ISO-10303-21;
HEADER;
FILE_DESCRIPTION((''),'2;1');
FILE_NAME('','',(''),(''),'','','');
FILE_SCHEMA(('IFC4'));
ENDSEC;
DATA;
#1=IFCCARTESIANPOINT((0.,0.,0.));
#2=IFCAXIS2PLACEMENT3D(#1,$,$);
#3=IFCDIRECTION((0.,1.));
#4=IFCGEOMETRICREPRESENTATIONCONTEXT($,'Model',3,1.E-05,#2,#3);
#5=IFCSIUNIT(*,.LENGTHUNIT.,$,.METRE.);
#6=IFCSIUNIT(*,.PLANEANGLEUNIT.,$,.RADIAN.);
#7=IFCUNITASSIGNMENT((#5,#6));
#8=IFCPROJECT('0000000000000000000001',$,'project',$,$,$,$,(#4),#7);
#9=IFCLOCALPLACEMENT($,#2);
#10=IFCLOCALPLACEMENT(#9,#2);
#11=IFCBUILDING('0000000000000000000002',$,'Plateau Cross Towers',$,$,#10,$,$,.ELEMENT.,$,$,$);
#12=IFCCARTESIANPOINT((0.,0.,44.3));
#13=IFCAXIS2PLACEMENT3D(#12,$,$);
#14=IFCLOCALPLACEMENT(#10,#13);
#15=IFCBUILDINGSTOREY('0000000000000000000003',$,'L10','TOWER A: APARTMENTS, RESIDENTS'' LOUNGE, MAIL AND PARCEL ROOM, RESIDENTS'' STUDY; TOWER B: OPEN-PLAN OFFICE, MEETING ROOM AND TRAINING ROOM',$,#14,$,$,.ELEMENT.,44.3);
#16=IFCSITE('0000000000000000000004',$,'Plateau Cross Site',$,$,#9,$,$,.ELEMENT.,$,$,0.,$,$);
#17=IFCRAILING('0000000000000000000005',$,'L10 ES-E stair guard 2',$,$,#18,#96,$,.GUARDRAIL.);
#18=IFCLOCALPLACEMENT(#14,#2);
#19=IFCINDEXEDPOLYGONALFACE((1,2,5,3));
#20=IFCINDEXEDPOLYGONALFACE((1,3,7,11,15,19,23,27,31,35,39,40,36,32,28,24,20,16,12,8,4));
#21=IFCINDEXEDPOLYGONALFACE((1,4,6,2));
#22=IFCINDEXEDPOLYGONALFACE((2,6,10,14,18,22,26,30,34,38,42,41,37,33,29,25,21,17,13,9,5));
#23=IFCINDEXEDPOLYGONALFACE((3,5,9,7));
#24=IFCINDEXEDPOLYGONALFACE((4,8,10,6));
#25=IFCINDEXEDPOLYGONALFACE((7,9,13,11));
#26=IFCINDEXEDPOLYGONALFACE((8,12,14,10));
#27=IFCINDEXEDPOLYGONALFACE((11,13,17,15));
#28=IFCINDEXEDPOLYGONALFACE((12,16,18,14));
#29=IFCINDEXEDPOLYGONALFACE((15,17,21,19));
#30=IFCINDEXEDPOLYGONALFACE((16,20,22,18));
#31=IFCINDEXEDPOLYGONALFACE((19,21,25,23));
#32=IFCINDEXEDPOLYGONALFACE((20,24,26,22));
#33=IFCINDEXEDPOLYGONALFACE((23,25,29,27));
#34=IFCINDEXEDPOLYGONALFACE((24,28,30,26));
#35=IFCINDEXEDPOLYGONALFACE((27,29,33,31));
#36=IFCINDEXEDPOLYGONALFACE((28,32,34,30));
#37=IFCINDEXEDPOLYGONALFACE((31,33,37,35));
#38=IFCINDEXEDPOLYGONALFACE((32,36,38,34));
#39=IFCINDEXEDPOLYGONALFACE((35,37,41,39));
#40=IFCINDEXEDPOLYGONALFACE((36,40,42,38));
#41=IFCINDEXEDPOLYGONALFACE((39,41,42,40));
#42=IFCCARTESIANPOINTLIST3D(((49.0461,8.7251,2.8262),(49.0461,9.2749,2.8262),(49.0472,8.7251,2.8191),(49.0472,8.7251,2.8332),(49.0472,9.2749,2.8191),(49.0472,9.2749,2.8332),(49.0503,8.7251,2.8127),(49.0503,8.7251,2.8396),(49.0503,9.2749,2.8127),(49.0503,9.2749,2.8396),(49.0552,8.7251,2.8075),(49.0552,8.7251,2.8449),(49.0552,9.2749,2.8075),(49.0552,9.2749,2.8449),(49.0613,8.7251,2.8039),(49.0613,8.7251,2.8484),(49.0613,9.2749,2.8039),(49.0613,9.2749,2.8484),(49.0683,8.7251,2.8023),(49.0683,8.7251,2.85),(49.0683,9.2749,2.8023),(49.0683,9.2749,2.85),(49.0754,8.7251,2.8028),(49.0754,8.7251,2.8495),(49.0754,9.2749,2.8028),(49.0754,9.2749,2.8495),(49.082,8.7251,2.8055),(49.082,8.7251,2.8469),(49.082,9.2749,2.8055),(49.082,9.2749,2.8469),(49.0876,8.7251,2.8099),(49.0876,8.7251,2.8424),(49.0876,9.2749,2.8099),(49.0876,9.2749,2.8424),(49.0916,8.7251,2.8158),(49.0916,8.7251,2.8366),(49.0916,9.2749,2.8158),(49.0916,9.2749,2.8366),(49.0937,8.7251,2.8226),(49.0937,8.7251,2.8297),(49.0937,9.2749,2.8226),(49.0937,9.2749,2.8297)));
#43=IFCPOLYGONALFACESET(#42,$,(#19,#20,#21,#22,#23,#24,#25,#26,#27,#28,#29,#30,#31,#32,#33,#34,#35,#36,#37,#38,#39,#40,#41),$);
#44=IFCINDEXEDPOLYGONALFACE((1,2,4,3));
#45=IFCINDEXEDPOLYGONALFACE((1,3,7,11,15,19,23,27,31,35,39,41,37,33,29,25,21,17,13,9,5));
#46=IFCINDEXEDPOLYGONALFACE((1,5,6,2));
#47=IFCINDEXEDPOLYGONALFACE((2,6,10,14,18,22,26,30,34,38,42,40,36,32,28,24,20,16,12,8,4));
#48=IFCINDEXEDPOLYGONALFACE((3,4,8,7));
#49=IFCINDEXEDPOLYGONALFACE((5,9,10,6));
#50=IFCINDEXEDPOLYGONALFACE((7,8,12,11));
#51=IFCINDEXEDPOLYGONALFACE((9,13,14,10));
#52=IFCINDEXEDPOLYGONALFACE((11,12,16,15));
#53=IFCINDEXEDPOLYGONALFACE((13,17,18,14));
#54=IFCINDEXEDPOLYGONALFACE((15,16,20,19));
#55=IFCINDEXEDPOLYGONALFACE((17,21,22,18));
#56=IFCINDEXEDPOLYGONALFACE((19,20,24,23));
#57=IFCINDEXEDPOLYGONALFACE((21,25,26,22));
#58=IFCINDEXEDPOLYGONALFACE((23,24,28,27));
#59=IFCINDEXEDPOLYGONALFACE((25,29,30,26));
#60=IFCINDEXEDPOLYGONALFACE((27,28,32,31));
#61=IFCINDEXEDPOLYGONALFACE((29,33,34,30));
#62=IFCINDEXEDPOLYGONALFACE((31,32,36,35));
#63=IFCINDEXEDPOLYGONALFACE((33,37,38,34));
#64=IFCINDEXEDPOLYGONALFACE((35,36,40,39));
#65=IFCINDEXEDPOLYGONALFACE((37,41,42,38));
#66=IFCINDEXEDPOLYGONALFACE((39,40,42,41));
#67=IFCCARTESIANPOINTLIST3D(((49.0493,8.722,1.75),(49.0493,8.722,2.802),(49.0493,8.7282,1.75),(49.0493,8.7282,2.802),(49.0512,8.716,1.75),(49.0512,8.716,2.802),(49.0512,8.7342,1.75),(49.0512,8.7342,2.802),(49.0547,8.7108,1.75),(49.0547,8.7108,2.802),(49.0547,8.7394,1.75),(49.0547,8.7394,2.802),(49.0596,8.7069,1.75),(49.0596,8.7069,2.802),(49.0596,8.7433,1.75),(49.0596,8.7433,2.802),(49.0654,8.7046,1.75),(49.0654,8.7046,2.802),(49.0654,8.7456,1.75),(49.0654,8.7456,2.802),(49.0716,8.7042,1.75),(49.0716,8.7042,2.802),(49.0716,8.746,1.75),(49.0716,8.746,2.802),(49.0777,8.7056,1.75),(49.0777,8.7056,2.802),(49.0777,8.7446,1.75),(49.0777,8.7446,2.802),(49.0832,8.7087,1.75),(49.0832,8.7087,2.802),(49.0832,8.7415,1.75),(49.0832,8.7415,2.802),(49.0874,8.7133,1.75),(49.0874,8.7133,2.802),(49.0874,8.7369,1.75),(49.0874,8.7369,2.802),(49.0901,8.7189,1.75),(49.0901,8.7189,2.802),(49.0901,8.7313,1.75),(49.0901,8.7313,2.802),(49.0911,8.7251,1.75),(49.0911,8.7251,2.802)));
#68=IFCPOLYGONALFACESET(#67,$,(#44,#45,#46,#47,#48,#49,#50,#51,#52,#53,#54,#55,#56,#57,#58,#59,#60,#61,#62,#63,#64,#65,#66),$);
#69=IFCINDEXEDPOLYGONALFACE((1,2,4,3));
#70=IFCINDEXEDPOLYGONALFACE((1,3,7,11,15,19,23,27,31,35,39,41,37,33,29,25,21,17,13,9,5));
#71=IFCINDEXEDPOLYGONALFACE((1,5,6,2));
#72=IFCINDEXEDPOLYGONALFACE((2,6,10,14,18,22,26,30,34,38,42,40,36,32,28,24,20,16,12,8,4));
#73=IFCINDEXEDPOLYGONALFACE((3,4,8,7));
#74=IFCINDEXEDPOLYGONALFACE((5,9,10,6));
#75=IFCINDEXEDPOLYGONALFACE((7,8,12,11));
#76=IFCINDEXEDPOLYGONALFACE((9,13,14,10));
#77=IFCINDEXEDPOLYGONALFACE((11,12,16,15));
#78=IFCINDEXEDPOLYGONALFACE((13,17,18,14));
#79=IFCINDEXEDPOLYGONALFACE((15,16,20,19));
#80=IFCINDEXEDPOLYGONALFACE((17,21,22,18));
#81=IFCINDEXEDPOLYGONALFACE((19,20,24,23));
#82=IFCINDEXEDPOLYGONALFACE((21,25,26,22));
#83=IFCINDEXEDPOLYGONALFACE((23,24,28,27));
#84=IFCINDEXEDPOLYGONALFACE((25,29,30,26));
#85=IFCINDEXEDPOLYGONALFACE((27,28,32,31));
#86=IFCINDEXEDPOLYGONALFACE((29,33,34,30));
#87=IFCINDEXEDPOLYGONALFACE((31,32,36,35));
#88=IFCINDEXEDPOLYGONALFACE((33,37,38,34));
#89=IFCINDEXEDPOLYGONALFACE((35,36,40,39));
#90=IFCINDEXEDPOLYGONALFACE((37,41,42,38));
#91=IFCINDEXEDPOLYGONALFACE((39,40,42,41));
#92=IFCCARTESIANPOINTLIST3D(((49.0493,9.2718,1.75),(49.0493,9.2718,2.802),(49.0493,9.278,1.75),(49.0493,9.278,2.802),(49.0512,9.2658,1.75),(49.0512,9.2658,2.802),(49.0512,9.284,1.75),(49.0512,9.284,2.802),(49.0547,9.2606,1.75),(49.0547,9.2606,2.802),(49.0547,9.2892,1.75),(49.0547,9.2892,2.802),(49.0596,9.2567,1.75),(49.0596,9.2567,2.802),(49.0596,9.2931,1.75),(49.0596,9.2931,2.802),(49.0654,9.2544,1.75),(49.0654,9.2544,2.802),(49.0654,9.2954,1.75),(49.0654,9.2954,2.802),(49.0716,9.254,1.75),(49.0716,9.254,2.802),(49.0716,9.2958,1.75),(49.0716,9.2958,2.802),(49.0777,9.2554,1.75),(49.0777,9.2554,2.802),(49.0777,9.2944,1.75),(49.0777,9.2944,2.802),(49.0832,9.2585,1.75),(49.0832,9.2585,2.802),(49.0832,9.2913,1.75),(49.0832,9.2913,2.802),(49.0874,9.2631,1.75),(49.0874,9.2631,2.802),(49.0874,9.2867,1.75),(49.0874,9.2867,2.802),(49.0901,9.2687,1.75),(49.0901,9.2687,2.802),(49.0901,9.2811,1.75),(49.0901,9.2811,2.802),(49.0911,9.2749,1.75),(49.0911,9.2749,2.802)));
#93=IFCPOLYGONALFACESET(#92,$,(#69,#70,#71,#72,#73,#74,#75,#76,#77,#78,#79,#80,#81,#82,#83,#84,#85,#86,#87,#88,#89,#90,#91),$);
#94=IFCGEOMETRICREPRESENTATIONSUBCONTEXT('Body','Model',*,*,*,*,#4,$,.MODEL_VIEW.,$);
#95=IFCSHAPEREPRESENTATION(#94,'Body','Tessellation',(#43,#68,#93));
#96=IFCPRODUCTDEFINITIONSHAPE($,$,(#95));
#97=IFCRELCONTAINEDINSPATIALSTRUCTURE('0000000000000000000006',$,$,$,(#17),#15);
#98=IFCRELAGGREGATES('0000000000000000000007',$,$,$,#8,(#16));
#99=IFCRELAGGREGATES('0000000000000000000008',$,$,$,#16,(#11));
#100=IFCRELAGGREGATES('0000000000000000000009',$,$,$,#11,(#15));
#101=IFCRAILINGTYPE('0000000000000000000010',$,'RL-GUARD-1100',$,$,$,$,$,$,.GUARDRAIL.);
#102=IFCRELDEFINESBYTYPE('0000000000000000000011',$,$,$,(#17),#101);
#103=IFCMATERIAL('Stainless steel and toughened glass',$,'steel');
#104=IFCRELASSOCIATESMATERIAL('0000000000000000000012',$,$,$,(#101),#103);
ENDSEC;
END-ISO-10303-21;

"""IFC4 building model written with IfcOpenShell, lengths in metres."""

from ifc_helpers import new_model, si_unit, direction, frame, origin, origin_2d, place, context, subcontext, project, spatial, circle, extrude, material, type_object, element, save


model = new_model("IFC4")

# Units and contexts
model_context = context("Model", 3, precision=1e-05, world=origin(), true_north=direction((0.0, 1.0)))
body_context = subcontext(model_context, "Body", "Model", "MODEL_VIEW")
ifc_project = project(units=[si_unit("LENGTHUNIT", "METRE"), si_unit("PLANEANGLEUNIT", "RADIAN")], contexts=[model_context])

# Site, building, storey
site_placement = place(None, origin())
site = spatial("IfcSite", under=ifc_project, at=site_placement, Name="Plateau Cross Site", CompositionType="ELEMENT", RefElevation=0.0)
building_placement = place(site_placement, origin())
building = spatial("IfcBuilding", under=site, at=building_placement, Name="Plateau Cross Towers", CompositionType="ELEMENT")
storey_placement = place(building_placement, frame((0.0, 0.0, 44.3)))
storey = spatial("IfcBuildingStorey", under=building, at=storey_placement, Name="L10", Description="TOWER A: APARTMENTS, RESIDENTS' LOUNGE, MAIL AND PARCEL ROOM, RESIDENTS' STUDY; TOWER B: OPEN-PLAN OFFICE, MEETING ROOM AND TRAINING ROOM", CompositionType="ELEMENT", Elevation=44.3)

# Railing
ifc_material_1 = material(Name="Stainless steel and toughened glass", Category="steel")
railing_type_1 = type_object("IfcRailingType", Name="RL-GUARD-1100", PredefinedType="GUARDRAIL", material=ifc_material_1)
railing_1_placement = place(storey_placement, frame((49.0701, 8.7251, 1.75)))
element("IfcRailing", 1, at=railing_1_placement, inside=storey, type_object=railing_type_1, Name="L10 ES-E stair guard 2", PredefinedType="GUARDRAIL", context=body_context, shape_type="SweptSolid", body=[
    extrude(circle(Radius=0.0239, at=origin_2d()), frame((0.0, 0.0, 1.0762), z_axis=(0.0, 1.0, 0.0), x_axis=(-1.0, 0.0, 0.0)), (0.0, 0.0, 1.0), 0.5498),
    extrude(circle(Radius=0.021, at=origin_2d()), origin(), (0.0, 0.0, 1.0), 1.052),
    extrude(circle(Radius=0.021, at=origin_2d()), frame((0.0, 0.5498, 0.0)), (0.0, 0.0, 1.0), 1.052),
])

save(model, "model.ifc")
